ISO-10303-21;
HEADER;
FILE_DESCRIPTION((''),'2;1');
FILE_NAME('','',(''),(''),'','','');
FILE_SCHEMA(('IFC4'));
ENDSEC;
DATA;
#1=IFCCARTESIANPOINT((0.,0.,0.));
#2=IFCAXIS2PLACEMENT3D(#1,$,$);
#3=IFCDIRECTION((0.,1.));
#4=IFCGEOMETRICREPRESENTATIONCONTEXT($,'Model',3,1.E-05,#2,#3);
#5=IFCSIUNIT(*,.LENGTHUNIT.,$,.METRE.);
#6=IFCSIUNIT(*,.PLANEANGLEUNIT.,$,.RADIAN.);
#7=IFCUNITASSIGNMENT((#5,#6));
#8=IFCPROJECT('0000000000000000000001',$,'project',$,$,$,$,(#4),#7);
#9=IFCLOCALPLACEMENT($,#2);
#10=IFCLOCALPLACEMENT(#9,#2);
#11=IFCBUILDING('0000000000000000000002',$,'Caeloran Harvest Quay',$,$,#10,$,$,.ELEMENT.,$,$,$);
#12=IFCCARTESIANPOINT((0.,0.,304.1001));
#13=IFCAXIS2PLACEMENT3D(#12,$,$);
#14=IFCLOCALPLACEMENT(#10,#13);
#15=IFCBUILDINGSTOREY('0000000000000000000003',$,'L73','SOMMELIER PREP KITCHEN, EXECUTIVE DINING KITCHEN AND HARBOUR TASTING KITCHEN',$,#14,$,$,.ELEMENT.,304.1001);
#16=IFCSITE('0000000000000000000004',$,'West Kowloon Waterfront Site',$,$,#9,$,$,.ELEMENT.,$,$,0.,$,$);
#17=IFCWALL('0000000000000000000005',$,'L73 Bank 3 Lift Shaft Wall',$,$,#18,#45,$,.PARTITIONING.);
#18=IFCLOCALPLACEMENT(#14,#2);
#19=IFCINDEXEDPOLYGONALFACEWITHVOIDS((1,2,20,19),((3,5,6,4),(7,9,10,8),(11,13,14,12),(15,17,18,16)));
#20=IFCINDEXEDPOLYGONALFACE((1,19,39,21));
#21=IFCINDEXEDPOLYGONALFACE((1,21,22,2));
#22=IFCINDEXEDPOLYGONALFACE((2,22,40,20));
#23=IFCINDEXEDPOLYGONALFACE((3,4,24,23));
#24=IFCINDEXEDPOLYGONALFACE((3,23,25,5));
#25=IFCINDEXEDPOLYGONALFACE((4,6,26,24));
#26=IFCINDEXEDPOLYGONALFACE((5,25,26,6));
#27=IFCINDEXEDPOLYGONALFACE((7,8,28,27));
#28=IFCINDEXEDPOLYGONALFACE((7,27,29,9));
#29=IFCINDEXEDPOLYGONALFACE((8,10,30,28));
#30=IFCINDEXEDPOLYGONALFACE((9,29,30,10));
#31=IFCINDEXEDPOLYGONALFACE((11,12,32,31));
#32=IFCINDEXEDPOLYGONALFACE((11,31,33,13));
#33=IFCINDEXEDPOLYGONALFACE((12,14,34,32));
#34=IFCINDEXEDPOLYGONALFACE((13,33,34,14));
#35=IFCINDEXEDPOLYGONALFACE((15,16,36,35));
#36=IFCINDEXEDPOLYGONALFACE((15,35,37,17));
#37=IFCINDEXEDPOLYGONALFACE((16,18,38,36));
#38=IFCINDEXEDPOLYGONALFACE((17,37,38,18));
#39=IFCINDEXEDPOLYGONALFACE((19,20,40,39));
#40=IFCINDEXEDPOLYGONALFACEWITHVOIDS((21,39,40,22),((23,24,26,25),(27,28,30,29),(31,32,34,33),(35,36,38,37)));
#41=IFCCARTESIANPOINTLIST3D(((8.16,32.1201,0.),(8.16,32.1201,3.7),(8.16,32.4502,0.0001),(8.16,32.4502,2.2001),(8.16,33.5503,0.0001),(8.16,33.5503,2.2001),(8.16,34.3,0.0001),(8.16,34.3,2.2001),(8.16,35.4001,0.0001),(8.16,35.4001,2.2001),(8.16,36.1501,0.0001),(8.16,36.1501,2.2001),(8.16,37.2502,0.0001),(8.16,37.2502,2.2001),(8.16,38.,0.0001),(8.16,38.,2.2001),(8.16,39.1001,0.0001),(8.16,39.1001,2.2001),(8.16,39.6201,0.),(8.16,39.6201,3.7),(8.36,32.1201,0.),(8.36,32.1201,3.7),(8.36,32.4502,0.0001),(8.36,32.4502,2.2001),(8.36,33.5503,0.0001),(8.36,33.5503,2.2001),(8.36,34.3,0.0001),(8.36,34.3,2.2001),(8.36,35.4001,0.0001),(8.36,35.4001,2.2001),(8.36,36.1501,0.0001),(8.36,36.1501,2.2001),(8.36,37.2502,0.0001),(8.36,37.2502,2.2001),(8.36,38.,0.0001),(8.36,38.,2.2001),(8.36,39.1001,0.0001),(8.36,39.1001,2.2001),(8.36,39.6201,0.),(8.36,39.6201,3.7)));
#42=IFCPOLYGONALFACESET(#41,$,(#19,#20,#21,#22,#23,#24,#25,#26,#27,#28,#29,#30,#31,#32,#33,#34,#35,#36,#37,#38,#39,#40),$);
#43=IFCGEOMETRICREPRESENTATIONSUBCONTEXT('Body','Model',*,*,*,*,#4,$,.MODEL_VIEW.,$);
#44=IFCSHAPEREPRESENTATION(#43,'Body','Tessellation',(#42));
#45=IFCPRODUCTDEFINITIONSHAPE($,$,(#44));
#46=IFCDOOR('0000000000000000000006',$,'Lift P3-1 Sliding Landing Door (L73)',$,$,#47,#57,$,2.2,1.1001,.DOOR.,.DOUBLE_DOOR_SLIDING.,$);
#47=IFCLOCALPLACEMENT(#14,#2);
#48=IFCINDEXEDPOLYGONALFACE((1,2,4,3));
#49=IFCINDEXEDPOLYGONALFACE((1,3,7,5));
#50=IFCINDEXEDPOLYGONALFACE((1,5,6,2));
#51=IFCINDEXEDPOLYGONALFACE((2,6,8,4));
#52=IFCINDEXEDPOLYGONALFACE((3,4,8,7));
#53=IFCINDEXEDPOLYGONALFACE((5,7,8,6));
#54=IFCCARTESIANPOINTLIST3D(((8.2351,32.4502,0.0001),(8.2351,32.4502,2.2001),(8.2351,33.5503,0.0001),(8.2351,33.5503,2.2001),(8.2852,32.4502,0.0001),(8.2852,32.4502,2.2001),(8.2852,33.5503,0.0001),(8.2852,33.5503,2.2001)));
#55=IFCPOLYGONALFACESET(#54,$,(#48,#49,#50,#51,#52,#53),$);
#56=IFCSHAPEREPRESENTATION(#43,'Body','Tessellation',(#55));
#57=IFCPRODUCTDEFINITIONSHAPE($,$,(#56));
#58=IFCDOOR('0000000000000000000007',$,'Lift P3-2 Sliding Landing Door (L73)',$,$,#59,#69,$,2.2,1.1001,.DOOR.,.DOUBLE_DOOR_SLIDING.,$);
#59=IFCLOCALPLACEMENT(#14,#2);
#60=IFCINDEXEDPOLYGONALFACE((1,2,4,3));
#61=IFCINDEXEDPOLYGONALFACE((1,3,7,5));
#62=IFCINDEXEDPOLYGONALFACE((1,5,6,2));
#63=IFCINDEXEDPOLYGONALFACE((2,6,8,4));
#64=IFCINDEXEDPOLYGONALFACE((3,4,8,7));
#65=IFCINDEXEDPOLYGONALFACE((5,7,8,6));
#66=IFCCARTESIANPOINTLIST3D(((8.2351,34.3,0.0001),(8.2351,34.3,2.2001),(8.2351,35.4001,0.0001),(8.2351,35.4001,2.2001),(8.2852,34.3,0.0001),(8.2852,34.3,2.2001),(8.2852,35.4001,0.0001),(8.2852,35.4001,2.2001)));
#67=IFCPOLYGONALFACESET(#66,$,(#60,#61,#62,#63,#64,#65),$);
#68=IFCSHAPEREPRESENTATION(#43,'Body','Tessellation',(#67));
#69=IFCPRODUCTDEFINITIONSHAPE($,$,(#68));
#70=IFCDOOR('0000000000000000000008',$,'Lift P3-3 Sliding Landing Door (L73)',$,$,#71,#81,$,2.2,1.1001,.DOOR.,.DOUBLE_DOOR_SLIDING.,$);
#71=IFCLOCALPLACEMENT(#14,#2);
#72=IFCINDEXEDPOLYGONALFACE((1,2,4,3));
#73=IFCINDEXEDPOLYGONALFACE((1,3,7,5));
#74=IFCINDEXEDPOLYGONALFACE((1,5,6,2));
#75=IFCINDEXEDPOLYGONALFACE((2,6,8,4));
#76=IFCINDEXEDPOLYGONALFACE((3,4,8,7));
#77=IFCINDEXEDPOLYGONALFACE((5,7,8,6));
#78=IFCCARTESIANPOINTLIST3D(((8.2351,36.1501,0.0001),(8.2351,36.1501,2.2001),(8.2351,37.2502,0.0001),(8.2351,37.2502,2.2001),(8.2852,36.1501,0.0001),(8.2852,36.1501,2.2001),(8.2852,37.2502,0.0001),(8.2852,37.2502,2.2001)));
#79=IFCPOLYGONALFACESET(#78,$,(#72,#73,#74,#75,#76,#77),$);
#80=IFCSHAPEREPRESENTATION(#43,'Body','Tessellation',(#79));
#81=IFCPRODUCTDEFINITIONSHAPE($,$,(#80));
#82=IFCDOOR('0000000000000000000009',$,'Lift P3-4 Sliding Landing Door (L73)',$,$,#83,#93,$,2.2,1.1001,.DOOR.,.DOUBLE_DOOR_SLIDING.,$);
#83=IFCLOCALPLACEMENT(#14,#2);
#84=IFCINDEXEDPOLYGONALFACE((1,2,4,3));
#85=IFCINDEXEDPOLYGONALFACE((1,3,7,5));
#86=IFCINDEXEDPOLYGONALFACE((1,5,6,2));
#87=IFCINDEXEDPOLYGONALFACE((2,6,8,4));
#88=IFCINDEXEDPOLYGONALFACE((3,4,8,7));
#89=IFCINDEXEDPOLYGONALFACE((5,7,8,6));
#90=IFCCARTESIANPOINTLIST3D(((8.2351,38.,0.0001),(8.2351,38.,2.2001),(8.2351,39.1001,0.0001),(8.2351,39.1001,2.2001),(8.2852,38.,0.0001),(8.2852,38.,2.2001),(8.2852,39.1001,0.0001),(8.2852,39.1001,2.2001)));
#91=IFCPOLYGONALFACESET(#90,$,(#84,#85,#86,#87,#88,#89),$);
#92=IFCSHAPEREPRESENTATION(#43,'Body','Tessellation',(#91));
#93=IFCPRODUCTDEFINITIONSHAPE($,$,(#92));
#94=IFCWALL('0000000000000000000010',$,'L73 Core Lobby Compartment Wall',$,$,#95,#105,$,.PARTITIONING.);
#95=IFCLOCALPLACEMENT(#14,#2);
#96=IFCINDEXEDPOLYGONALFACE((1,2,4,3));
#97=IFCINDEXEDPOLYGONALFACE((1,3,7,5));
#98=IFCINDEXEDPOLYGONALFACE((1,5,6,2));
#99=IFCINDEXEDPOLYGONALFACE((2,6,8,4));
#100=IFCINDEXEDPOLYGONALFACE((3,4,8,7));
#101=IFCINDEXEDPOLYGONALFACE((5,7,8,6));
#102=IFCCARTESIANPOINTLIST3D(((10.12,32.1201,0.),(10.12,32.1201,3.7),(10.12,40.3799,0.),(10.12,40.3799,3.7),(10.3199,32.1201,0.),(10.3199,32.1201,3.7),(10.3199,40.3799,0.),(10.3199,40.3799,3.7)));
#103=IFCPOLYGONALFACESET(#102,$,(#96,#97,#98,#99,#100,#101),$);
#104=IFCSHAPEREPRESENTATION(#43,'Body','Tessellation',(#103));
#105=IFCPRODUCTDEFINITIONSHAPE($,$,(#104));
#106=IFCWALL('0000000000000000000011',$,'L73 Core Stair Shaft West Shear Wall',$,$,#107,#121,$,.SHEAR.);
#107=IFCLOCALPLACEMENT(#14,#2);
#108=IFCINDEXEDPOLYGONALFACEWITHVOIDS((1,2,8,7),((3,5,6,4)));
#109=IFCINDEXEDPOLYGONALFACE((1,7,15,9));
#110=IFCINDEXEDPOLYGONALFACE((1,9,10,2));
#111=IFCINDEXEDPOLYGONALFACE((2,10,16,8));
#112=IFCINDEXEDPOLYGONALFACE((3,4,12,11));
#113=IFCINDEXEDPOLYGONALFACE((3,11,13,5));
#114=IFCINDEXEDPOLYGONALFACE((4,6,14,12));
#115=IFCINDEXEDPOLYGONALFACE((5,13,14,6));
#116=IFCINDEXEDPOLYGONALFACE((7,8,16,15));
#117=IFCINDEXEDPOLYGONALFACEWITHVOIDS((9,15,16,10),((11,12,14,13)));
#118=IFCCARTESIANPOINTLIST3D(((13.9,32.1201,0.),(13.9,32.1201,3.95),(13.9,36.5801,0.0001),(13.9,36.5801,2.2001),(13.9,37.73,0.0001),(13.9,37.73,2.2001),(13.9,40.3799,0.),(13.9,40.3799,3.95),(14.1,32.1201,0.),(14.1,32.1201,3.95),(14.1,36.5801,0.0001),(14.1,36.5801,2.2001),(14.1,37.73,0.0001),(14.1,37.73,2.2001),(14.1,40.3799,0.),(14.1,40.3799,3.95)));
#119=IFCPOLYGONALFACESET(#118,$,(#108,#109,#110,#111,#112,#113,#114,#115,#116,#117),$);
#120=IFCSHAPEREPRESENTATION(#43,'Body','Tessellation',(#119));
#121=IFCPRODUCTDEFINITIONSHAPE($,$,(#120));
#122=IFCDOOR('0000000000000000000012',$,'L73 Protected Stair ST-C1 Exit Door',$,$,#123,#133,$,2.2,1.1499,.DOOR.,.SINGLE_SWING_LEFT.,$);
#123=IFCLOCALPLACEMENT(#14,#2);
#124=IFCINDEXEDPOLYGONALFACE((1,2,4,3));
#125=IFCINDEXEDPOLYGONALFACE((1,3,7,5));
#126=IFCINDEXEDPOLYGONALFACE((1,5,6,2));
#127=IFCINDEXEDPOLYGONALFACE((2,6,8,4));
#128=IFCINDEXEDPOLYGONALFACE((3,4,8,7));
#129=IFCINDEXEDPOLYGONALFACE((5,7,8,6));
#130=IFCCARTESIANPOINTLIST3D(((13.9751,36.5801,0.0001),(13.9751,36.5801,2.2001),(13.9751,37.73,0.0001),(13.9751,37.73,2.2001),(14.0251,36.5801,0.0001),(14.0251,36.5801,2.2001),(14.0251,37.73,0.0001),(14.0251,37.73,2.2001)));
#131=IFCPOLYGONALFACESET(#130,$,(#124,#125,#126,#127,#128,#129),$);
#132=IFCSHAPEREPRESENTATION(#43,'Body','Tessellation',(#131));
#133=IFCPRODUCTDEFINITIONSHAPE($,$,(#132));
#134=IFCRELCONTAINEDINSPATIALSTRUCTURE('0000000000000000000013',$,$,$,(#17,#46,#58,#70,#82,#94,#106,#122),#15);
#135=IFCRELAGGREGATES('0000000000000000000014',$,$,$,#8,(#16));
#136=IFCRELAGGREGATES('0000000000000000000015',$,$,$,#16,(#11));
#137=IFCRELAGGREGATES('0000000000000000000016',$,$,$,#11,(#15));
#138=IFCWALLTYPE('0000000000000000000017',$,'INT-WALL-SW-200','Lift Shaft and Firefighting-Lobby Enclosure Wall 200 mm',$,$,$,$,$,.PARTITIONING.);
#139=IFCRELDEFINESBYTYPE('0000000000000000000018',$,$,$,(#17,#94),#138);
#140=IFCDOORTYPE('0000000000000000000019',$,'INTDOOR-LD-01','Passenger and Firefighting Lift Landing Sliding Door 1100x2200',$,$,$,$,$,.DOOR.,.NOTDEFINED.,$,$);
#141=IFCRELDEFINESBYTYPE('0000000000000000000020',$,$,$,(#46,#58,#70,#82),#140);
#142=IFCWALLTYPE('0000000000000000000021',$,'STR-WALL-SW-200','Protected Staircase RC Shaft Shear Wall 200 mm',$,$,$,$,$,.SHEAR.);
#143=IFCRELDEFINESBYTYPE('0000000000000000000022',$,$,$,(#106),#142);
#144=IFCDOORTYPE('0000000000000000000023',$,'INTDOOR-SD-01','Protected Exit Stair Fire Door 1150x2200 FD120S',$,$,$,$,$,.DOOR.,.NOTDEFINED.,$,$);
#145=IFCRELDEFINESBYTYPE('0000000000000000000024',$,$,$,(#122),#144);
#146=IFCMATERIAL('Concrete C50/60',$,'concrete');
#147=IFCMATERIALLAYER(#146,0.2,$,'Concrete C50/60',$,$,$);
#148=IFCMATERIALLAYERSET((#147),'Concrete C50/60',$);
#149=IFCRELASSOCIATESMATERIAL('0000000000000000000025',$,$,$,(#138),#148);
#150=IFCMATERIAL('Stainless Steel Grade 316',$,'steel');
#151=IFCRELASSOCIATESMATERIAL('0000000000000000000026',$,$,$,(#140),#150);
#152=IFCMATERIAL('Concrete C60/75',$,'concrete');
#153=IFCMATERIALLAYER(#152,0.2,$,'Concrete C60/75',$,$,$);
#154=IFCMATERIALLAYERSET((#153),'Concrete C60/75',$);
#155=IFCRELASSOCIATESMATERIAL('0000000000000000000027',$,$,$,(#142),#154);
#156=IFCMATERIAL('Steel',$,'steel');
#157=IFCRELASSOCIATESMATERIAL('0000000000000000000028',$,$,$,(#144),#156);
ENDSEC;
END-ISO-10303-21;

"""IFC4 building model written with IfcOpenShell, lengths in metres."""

from ifc_helpers import new_model, si_unit, direction, frame, frame_2d, origin, place, context, subcontext, project, spatial, rectangle, extrude, material, layer, layer_set, type_object, element, fill, save


model = new_model("IFC4")

# Units and contexts
model_context = context("Model", 3, precision=1e-05, world=origin(), true_north=direction((0.0, 1.0)))
body_context = subcontext(model_context, "Body", "Model", "MODEL_VIEW")
ifc_project = project(units=[si_unit("LENGTHUNIT", "METRE"), si_unit("PLANEANGLEUNIT", "RADIAN")], contexts=[model_context])

# Site, building, storey
site_placement = place(None, origin())
site = spatial("IfcSite", under=ifc_project, at=site_placement, Name="West Kowloon Waterfront Site", CompositionType="ELEMENT", RefElevation=0.0)
building_placement = place(site_placement, origin())
building = spatial("IfcBuilding", under=site, at=building_placement, Name="Caeloran Harvest Quay", CompositionType="ELEMENT")
storey_placement = place(building_placement, frame((0.0, 0.0, 304.1001)))
storey = spatial("IfcBuildingStorey", under=building, at=storey_placement, Name="L73", Description="SOMMELIER PREP KITCHEN, EXECUTIVE DINING KITCHEN AND HARBOUR TASTING KITCHEN", CompositionType="ELEMENT", Elevation=304.1001)

# Shared definitions
ifc_material_1 = material(Name="Concrete C60/75", Category="concrete")

# Wall, openings, doors
ifc_material_2 = material(Name="Concrete C50/60", Category="concrete")
ifc_layer_1 = layer(ifc_material_2, 0.2, Name="Concrete C50/60")
ifc_layer_set_1 = layer_set([ifc_layer_1], Name="Concrete C50/60")
wall_type_1 = type_object("IfcWallType", Name="INT-WALL-SW-200", Description="Lift Shaft and Firefighting-Lobby Enclosure Wall 200 mm", PredefinedType="PARTITIONING", material=ifc_layer_set_1)
wall_1_placement = place(storey_placement, frame((8.26, 32.1201, 0.0), z_axis=(0.0, 0.0, 1.0), x_axis=(0.0, 1.0, 0.0)))
wall_1 = element("IfcWall", 1, at=wall_1_placement, inside=storey, type_object=wall_type_1, Name="L73 Bank 3 Lift Shaft Wall", PredefinedType="PARTITIONING", context=body_context, shape_type="SweptSolid", body=[
    extrude(rectangle(XDim=7.5, YDim=0.2, at=frame_2d((3.75, 0.0))), origin(), (0.0, 0.0, 1.0), 3.7),
])
opening_1_placement = place(wall_1_placement, frame((0.3301, 0.0, 0.0)))
opening_1 = element("IfcOpeningElement", 2, at=opening_1_placement, cuts=wall_1, PredefinedType="OPENING", context=body_context, shape_type="SweptSolid", body=[
    extrude(rectangle(XDim=1.1001, YDim=2.2, at=frame_2d((0.55, 1.1001))), frame((0.0, 0.1099, 0.0), z_axis=(0.0, -1.0, 0.0), x_axis=(1.0, 0.0, 0.0)), (0.0, 0.0, 1.0), 0.22),
])
opening_2_placement = place(wall_1_placement, frame((2.1799, 0.0, 0.0)))
opening_2 = element("IfcOpeningElement", 3, at=opening_2_placement, cuts=wall_1, PredefinedType="OPENING", context=body_context, shape_type="SweptSolid", body=[
    extrude(rectangle(XDim=1.1001, YDim=2.2, at=frame_2d((0.55, 1.1001))), frame((0.0, 0.1099, 0.0), z_axis=(0.0, -1.0, 0.0), x_axis=(1.0, 0.0, 0.0)), (0.0, 0.0, 1.0), 0.22),
])
opening_3_placement = place(wall_1_placement, frame((4.03, 0.0, 0.0)))
opening_3 = element("IfcOpeningElement", 4, at=opening_3_placement, cuts=wall_1, PredefinedType="OPENING", context=body_context, shape_type="SweptSolid", body=[
    extrude(rectangle(XDim=1.1001, YDim=2.2, at=frame_2d((0.55, 1.1001))), frame((0.0, 0.1099, 0.0), z_axis=(0.0, -1.0, 0.0), x_axis=(1.0, 0.0, 0.0)), (0.0, 0.0, 1.0), 0.22),
])
opening_4_placement = place(wall_1_placement, frame((5.8799, 0.0, 0.0)))
opening_4 = element("IfcOpeningElement", 5, at=opening_4_placement, cuts=wall_1, PredefinedType="OPENING", context=body_context, shape_type="SweptSolid", body=[
    extrude(rectangle(XDim=1.1001, YDim=2.2, at=frame_2d((0.55, 1.1001))), frame((0.0, 0.1099, 0.0), z_axis=(0.0, -1.0, 0.0), x_axis=(1.0, 0.0, 0.0)), (0.0, 0.0, 1.0), 0.22),
])
ifc_material_3 = material(Name="Stainless Steel Grade 316", Category="steel")
door_type_1 = type_object("IfcDoorType", Name="INTDOOR-LD-01", Description="Passenger and Firefighting Lift Landing Sliding Door 1100x2200", OperationType="NOTDEFINED", PredefinedType="DOOR", material=ifc_material_3)
door_1_placement = place(opening_1_placement, origin())
door_1 = element("IfcDoor", 6, at=door_1_placement, inside=storey, type_object=door_type_1, Name="Lift P3-1 Sliding Landing Door (L73)", OperationType="DOUBLE_DOOR_SLIDING", OverallHeight=2.2, OverallWidth=1.1001, PredefinedType="DOOR", context=body_context, shape_type="SweptSolid", body=[
    extrude(rectangle(XDim=1.1001, YDim=2.2, at=frame_2d((0.55, 1.1001))), frame((0.0, 0.0249, 0.0), z_axis=(0.0, -1.0, 0.0), x_axis=(1.0, 0.0, 0.0)), (0.0, 0.0, 1.0), 0.05),
])
fill(opening_1, door_1)
door_2_placement = place(opening_2_placement, origin())
door_2 = element("IfcDoor", 7, at=door_2_placement, inside=storey, type_object=door_type_1, Name="Lift P3-2 Sliding Landing Door (L73)", OperationType="DOUBLE_DOOR_SLIDING", OverallHeight=2.2, OverallWidth=1.1001, PredefinedType="DOOR", context=body_context, shape_type="SweptSolid", body=[
    extrude(rectangle(XDim=1.1001, YDim=2.2, at=frame_2d((0.55, 1.1001))), frame((0.0, 0.0249, 0.0), z_axis=(0.0, -1.0, 0.0), x_axis=(1.0, 0.0, 0.0)), (0.0, 0.0, 1.0), 0.05),
])
fill(opening_2, door_2)
door_3_placement = place(opening_3_placement, origin())
door_3 = element("IfcDoor", 8, at=door_3_placement, inside=storey, type_object=door_type_1, Name="Lift P3-3 Sliding Landing Door (L73)", OperationType="DOUBLE_DOOR_SLIDING", OverallHeight=2.2, OverallWidth=1.1001, PredefinedType="DOOR", context=body_context, shape_type="SweptSolid", body=[
    extrude(rectangle(XDim=1.1001, YDim=2.2, at=frame_2d((0.55, 1.1001))), frame((0.0, 0.0249, 0.0), z_axis=(0.0, -1.0, 0.0), x_axis=(1.0, 0.0, 0.0)), (0.0, 0.0, 1.0), 0.05),
])
fill(opening_3, door_3)
door_4_placement = place(opening_4_placement, origin())
door_4 = element("IfcDoor", 9, at=door_4_placement, inside=storey, type_object=door_type_1, Name="Lift P3-4 Sliding Landing Door (L73)", OperationType="DOUBLE_DOOR_SLIDING", OverallHeight=2.2, OverallWidth=1.1001, PredefinedType="DOOR", context=body_context, shape_type="SweptSolid", body=[
    extrude(rectangle(XDim=1.1001, YDim=2.2, at=frame_2d((0.55, 1.1001))), frame((0.0, 0.0249, 0.0), z_axis=(0.0, -1.0, 0.0), x_axis=(1.0, 0.0, 0.0)), (0.0, 0.0, 1.0), 0.05),
])
fill(opening_4, door_4)

# Wall
wall_2_placement = place(storey_placement, frame((10.22, 32.1201, 0.0), z_axis=(0.0, 0.0, 1.0), x_axis=(0.0, 1.0, 0.0)))
element("IfcWall", 10, at=wall_2_placement, inside=storey, type_object=wall_type_1, Name="L73 Core Lobby Compartment Wall", PredefinedType="PARTITIONING", context=body_context, shape_type="SweptSolid", body=[
    extrude(rectangle(XDim=8.2598, YDim=0.2, at=frame_2d((4.1299, 0.0))), origin(), (0.0, 0.0, 1.0), 3.7),
])

# Wall, opening, door
ifc_layer_2 = layer(ifc_material_1, 0.2, Name="Concrete C60/75")
ifc_layer_set_2 = layer_set([ifc_layer_2], Name="Concrete C60/75")
wall_type_2 = type_object("IfcWallType", Name="STR-WALL-SW-200", Description="Protected Staircase RC Shaft Shear Wall 200 mm", PredefinedType="SHEAR", material=ifc_layer_set_2)
wall_3_placement = place(storey_placement, frame((14.0, 32.1201, 0.0), z_axis=(0.0, 0.0, 1.0), x_axis=(0.0, 1.0, 0.0)))
wall_3 = element("IfcWall", 11, at=wall_3_placement, inside=storey, type_object=wall_type_2, Name="L73 Core Stair Shaft West Shear Wall", PredefinedType="SHEAR", context=body_context, shape_type="SweptSolid", body=[
    extrude(rectangle(XDim=8.2598, YDim=0.2, at=frame_2d((4.1299, 0.0))), origin(), (0.0, 0.0, 1.0), 3.95),
])
opening_5_placement = place(wall_3_placement, frame((4.46, 0.0, 0.0)))
opening_5 = element("IfcOpeningElement", 12, at=opening_5_placement, cuts=wall_3, PredefinedType="OPENING", context=body_context, shape_type="SweptSolid", body=[
    extrude(rectangle(XDim=1.1499, YDim=2.2, at=frame_2d((0.575, 1.1001))), frame((0.0, 0.1099, 0.0), z_axis=(0.0, -1.0, 0.0), x_axis=(1.0, 0.0, 0.0)), (0.0, 0.0, 1.0), 0.22),
])
ifc_material_4 = material(Name="Steel", Category="steel")
door_type_2 = type_object("IfcDoorType", Name="INTDOOR-SD-01", Description="Protected Exit Stair Fire Door 1150x2200 FD120S", OperationType="NOTDEFINED", PredefinedType="DOOR", material=ifc_material_4)
door_5_placement = place(opening_5_placement, origin())
door_5 = element("IfcDoor", 13, at=door_5_placement, inside=storey, type_object=door_type_2, Name="L73 Protected Stair ST-C1 Exit Door", OperationType="SINGLE_SWING_LEFT", OverallHeight=2.2, OverallWidth=1.1499, PredefinedType="DOOR", context=body_context, shape_type="SweptSolid", body=[
    extrude(rectangle(XDim=1.1499, YDim=2.2, at=frame_2d((0.575, 1.1001))), frame((0.0, 0.0249, 0.0), z_axis=(0.0, -1.0, 0.0), x_axis=(1.0, 0.0, 0.0)), (0.0, 0.0, 1.0), 0.05),
])
fill(opening_5, door_5)

save(model, "model.ifc")
